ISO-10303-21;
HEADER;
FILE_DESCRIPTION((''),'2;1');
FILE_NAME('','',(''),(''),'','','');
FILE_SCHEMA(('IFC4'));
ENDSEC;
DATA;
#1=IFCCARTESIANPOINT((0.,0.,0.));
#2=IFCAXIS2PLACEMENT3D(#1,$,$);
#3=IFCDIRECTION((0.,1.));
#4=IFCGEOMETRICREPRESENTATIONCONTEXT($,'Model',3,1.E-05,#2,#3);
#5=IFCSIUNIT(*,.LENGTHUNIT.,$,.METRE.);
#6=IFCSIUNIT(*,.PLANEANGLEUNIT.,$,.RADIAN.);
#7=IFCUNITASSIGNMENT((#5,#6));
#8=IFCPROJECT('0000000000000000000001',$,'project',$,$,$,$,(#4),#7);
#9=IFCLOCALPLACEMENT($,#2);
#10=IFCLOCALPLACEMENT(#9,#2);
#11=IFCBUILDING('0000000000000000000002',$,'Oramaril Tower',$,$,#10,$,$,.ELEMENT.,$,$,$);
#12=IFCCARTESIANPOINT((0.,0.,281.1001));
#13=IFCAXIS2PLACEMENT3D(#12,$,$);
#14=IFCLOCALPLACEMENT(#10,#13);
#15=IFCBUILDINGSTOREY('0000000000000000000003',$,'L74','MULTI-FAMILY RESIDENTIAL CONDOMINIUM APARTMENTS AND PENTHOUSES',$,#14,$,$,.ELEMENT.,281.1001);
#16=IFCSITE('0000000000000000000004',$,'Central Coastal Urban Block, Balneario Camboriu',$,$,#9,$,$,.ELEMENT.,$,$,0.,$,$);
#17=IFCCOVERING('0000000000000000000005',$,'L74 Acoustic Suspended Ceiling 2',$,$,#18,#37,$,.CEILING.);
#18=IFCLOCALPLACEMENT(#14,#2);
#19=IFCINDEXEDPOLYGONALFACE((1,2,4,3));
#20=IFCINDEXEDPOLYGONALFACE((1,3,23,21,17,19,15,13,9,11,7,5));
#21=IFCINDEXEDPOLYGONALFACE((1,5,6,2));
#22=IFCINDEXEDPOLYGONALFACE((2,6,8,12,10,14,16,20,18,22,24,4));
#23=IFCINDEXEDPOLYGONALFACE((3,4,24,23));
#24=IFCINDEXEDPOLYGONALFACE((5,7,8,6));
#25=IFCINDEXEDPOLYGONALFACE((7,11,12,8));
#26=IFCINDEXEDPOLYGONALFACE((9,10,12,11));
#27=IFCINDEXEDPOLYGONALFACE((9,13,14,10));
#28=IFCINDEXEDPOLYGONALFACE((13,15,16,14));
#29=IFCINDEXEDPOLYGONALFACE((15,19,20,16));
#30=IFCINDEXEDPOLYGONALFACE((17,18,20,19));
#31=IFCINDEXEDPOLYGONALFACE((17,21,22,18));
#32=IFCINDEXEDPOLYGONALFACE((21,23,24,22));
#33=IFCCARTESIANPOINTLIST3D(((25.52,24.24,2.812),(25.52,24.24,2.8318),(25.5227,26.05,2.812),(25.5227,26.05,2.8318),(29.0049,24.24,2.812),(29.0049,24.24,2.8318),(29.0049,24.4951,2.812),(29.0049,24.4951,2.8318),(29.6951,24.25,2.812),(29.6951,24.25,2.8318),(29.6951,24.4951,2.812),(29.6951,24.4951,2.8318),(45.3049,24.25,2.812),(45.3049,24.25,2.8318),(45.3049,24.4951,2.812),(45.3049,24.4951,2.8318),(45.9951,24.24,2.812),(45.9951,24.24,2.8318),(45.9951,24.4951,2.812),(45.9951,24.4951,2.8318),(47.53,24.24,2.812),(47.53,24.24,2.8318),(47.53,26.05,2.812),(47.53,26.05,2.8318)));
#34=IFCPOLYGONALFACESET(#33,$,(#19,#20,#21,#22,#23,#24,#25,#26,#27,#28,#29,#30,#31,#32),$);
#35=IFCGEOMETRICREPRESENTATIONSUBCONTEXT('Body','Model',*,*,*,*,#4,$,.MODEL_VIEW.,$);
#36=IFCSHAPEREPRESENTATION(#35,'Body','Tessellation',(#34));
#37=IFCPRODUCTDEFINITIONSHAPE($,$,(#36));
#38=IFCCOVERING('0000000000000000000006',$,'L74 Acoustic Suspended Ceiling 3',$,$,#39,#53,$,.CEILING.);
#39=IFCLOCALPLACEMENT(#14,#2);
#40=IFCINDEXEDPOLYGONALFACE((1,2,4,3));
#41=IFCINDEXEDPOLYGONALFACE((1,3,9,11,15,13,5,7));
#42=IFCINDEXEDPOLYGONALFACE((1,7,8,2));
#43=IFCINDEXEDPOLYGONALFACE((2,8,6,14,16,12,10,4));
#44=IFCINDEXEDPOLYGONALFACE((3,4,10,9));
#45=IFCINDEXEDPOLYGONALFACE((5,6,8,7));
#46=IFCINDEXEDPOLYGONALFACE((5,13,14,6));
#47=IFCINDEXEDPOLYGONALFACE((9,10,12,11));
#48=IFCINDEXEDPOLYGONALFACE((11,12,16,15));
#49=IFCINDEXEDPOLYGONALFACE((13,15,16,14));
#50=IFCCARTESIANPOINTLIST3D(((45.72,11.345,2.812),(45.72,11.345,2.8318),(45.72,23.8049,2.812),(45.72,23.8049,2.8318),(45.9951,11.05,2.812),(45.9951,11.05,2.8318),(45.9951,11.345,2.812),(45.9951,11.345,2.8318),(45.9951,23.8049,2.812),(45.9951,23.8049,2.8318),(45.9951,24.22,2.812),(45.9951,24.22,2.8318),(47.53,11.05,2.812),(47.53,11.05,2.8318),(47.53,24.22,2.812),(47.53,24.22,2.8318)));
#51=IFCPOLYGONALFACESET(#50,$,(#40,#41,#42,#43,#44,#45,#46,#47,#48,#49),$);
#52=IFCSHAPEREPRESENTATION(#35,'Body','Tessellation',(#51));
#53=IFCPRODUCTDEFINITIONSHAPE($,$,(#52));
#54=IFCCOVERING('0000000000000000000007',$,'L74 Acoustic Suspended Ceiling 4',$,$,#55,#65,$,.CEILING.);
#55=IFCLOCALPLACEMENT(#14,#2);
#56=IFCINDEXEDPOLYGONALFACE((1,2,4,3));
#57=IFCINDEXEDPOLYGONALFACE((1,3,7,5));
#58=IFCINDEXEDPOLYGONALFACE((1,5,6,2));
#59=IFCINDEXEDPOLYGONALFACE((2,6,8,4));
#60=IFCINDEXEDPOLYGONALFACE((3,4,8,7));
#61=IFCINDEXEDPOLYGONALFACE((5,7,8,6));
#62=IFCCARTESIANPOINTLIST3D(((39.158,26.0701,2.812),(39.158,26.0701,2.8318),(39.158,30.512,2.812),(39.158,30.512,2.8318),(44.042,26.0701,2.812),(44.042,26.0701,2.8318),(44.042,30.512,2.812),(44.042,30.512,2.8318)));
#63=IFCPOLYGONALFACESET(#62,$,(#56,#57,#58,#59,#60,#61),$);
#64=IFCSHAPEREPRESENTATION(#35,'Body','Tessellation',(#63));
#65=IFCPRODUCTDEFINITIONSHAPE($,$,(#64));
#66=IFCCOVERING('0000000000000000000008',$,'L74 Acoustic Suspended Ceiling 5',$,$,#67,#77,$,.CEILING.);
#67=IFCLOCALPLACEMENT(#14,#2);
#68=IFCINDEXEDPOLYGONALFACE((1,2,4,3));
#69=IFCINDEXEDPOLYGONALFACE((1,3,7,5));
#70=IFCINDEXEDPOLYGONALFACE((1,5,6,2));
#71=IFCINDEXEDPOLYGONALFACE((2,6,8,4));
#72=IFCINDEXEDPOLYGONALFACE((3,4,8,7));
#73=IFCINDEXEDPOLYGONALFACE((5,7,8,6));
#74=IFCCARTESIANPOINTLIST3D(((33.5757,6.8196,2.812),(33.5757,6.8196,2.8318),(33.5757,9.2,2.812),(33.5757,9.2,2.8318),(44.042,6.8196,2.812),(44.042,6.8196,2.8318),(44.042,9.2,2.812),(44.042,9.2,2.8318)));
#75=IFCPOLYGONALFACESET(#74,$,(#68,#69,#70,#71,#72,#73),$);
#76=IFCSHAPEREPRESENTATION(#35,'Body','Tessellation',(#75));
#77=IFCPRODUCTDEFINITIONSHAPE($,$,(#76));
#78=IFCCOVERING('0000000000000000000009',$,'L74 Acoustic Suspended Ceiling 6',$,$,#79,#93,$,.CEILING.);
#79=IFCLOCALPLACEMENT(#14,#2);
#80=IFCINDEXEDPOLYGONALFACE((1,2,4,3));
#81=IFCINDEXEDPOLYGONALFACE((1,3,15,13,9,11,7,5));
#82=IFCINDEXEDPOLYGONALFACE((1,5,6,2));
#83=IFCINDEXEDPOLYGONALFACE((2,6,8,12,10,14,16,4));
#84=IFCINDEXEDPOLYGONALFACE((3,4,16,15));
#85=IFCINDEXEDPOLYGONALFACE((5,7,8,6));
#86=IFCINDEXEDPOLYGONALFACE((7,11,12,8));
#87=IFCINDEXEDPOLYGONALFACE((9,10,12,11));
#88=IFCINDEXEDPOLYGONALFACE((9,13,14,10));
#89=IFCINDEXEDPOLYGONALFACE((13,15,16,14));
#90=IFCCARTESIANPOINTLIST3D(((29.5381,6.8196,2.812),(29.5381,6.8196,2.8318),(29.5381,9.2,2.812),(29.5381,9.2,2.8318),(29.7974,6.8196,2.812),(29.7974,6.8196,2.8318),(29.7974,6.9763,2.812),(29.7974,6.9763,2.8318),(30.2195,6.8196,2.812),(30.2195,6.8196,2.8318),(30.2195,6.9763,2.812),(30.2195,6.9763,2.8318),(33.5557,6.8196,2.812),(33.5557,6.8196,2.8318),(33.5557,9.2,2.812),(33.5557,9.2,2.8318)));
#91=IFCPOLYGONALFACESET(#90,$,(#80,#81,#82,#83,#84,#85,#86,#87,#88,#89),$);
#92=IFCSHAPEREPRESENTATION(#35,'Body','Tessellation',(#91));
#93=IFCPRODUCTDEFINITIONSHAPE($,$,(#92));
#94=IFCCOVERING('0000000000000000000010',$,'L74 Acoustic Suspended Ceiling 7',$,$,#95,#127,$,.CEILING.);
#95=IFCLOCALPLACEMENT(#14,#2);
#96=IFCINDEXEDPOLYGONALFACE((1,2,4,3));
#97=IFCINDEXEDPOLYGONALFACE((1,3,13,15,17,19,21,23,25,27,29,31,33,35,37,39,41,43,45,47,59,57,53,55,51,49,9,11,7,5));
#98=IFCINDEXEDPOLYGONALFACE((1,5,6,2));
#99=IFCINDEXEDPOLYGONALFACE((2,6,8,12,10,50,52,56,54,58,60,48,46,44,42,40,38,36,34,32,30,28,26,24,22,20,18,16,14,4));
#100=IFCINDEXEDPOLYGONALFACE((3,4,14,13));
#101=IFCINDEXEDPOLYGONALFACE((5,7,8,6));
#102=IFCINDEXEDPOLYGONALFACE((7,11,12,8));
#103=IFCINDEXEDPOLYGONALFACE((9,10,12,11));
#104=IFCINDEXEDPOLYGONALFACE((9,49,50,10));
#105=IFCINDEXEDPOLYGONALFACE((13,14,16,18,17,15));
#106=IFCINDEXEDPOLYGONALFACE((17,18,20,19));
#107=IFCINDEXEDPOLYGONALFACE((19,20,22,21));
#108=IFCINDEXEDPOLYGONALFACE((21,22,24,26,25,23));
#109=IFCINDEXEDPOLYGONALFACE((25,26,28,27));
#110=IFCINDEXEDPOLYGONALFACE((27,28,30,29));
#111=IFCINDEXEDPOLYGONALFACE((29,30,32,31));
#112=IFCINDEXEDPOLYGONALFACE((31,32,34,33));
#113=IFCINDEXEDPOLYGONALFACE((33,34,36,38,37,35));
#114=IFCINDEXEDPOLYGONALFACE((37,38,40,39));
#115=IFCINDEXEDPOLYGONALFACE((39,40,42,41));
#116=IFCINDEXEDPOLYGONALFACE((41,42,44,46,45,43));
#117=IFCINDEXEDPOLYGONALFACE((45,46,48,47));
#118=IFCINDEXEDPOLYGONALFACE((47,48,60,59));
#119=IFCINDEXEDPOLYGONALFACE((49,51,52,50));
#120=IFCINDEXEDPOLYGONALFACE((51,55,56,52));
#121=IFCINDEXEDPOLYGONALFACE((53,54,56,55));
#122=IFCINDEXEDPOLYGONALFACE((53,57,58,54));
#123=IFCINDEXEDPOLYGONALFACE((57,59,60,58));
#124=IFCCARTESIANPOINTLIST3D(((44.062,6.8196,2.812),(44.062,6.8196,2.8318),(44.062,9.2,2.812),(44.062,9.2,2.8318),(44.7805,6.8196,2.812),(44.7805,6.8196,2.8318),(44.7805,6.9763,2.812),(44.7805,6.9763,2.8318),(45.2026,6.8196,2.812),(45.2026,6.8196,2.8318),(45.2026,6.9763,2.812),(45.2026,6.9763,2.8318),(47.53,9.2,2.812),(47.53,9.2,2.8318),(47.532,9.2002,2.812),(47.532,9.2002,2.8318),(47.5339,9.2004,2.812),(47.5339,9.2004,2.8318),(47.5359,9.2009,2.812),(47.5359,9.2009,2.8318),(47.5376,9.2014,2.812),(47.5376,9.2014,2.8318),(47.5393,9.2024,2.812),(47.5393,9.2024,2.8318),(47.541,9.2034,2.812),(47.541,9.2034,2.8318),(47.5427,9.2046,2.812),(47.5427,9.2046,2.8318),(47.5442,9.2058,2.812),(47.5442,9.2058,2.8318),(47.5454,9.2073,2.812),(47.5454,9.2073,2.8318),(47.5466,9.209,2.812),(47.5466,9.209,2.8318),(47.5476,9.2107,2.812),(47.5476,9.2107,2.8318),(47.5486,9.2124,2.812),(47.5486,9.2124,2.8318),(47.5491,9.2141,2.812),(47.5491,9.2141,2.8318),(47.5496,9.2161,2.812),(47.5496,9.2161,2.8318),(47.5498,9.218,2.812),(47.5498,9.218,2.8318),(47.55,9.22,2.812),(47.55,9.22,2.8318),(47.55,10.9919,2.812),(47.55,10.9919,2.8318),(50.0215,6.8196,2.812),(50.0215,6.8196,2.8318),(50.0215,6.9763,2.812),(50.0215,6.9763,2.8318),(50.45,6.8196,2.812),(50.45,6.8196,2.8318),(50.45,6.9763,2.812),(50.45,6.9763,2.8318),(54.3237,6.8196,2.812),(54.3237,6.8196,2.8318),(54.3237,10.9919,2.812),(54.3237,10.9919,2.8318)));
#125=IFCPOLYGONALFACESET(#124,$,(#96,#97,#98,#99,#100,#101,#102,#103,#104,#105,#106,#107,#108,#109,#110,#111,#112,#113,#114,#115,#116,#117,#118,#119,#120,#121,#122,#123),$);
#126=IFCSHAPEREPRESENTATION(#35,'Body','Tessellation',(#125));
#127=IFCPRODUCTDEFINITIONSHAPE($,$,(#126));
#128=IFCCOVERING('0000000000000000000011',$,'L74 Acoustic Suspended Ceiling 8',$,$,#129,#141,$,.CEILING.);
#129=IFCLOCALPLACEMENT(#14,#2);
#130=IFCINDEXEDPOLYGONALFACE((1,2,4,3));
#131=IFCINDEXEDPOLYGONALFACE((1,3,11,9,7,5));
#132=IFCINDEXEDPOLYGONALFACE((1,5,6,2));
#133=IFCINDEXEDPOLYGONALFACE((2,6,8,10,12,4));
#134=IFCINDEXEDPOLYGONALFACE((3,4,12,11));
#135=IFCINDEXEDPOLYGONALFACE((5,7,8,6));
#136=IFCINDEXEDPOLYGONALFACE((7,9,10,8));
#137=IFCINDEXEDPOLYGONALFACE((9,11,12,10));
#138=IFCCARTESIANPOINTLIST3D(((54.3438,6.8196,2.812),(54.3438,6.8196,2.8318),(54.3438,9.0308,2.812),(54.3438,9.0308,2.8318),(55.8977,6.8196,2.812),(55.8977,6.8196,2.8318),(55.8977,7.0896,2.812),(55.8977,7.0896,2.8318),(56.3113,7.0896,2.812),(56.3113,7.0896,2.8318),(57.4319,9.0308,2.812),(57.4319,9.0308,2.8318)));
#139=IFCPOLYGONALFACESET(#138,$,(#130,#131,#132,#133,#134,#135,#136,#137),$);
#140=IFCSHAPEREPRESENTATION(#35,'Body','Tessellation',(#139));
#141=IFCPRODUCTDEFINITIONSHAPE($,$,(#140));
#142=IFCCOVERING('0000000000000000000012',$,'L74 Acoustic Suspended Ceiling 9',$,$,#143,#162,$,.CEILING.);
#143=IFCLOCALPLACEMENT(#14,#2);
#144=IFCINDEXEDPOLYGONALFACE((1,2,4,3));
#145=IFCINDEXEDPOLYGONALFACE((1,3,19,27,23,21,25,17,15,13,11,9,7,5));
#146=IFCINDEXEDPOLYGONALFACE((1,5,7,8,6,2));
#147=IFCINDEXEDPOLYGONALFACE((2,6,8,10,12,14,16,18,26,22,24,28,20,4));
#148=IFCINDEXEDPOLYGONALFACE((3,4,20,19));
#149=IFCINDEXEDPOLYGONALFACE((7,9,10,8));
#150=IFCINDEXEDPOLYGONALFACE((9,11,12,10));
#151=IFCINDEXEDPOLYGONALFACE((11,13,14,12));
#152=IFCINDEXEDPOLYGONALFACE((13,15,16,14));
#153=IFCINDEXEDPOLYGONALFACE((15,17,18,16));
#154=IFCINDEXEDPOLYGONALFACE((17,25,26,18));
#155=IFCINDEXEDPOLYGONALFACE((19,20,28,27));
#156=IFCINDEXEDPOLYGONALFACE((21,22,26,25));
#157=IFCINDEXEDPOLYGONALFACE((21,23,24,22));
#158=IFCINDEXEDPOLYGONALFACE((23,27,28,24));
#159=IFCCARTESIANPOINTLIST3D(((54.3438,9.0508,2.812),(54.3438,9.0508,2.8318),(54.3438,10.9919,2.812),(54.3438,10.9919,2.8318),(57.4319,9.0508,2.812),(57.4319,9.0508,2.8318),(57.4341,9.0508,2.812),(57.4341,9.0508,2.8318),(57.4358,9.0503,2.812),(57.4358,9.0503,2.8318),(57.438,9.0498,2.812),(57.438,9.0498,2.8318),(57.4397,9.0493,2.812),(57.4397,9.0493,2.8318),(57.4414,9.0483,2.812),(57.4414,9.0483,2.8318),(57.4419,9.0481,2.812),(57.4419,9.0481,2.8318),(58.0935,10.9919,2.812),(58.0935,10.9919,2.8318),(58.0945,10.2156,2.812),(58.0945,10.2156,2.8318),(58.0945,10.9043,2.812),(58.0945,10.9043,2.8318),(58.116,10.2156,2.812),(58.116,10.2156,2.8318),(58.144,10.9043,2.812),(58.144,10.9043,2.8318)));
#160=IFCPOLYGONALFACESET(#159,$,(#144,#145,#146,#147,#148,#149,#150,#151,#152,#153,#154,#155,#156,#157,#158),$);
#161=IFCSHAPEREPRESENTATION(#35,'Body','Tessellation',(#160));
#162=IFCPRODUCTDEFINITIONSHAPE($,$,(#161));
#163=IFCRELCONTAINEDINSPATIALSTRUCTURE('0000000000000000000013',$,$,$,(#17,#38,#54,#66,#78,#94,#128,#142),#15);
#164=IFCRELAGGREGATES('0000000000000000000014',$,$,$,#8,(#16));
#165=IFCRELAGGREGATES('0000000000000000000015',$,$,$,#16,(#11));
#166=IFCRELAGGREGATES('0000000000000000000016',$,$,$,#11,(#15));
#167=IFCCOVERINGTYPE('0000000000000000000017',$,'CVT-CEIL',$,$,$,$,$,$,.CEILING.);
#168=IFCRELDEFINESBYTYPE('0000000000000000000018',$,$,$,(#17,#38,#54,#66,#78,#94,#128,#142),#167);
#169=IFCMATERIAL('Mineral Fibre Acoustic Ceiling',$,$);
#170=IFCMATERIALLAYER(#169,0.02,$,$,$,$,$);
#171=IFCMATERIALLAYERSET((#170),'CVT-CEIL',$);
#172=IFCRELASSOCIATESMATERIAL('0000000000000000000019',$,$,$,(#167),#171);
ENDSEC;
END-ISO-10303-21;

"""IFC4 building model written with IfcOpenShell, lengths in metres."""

from ifc_helpers import new_model, si_unit, direction, frame, origin, place, context, subcontext, project, spatial, polyline, outline, extrude, material, layer, layer_set, type_object, element, save


model = new_model("IFC4")

# Units and contexts
model_context = context("Model", 3, precision=1e-05, world=origin(), true_north=direction((0.0, 1.0)))
body_context = subcontext(model_context, "Body", "Model", "MODEL_VIEW")
ifc_project = project(units=[si_unit("LENGTHUNIT", "METRE"), si_unit("PLANEANGLEUNIT", "RADIAN")], contexts=[model_context])

# Site, building, storey
site_placement = place(None, origin())
site = spatial("IfcSite", under=ifc_project, at=site_placement, Name="Central Coastal Urban Block, Balneario Camboriu", CompositionType="ELEMENT", RefElevation=0.0)
building_placement = place(site_placement, origin())
building = spatial("IfcBuilding", under=site, at=building_placement, Name="Oramaril Tower", CompositionType="ELEMENT")
storey_placement = place(building_placement, frame((0.0, 0.0, 281.1001)))
storey = spatial("IfcBuildingStorey", under=building, at=storey_placement, Name="L74", Description="MULTI-FAMILY RESIDENTIAL CONDOMINIUM APARTMENTS AND PENTHOUSES", CompositionType="ELEMENT", Elevation=281.1001)

# Coverings
ifc_material_1 = material(Name="Mineral Fibre Acoustic Ceiling")
ifc_layer_1 = layer(ifc_material_1, 0.02)
ifc_layer_set_1 = layer_set([ifc_layer_1], Name="CVT-CEIL")
covering_type_1 = type_object("IfcCoveringType", Name="CVT-CEIL", PredefinedType="CEILING", material=ifc_layer_set_1)
covering_1_placement = place(storey_placement, frame((0.0, 0.0, 2.812)))
element("IfcCovering", 1, at=covering_1_placement, inside=storey, type_object=covering_type_1, Name="L74 Acoustic Suspended Ceiling 2", PredefinedType="CEILING", context=body_context, shape_type="SweptSolid", body=[
    extrude(outline(polyline([(45.9951, 24.24), (45.9951, 24.4951), (45.3049, 24.4951), (45.3049, 24.25), (29.6951, 24.25), (29.6951, 24.4951), (29.0049, 24.4951), (29.0049, 24.24), (25.52, 24.24), (25.5227, 26.05), (47.53, 26.05), (47.53, 24.24), (45.9951, 24.24)])), origin(), (0.0, 0.0, 1.0), 0.0198),
])
covering_2_placement = place(storey_placement, frame((0.0, 0.0, 2.812)))
element("IfcCovering", 2, at=covering_2_placement, inside=storey, type_object=covering_type_1, Name="L74 Acoustic Suspended Ceiling 3", PredefinedType="CEILING", context=body_context, shape_type="SweptSolid", body=[
    extrude(outline(polyline([(47.53, 11.05), (45.9951, 11.05), (45.9951, 11.345), (45.72, 11.345), (45.72, 23.8049), (45.9951, 23.8049), (45.9951, 24.22), (47.53, 24.22), (47.53, 11.05)])), origin(), (0.0, 0.0, 1.0), 0.0198),
])
covering_3_placement = place(storey_placement, frame((0.0, 0.0, 2.812)))
element("IfcCovering", 3, at=covering_3_placement, inside=storey, type_object=covering_type_1, Name="L74 Acoustic Suspended Ceiling 4", PredefinedType="CEILING", context=body_context, shape_type="SweptSolid", body=[
    extrude(outline(polyline([(44.042, 30.512), (44.042, 26.0701), (39.158, 26.0701), (39.158, 30.512), (44.042, 30.512)])), origin(), (0.0, 0.0, 1.0), 0.0198),
])
covering_4_placement = place(storey_placement, frame((0.0, 0.0, 2.812)))
element("IfcCovering", 4, at=covering_4_placement, inside=storey, type_object=covering_type_1, Name="L74 Acoustic Suspended Ceiling 5", PredefinedType="CEILING", context=body_context, shape_type="SweptSolid", body=[
    extrude(outline(polyline([(33.5757, 6.8196), (33.5757, 9.2), (44.042, 9.2), (44.042, 6.8196), (33.5757, 6.8196)])), origin(), (0.0, 0.0, 1.0), 0.0198),
])
covering_5_placement = place(storey_placement, frame((0.0, 0.0, 2.812)))
element("IfcCovering", 5, at=covering_5_placement, inside=storey, type_object=covering_type_1, Name="L74 Acoustic Suspended Ceiling 6", PredefinedType="CEILING", context=body_context, shape_type="SweptSolid", body=[
    extrude(outline(polyline([(30.2195, 6.8196), (30.2195, 6.9763), (29.7974, 6.9763), (29.7974, 6.8196), (29.5381, 6.8196), (29.5381, 9.2), (33.5557, 9.2), (33.5557, 6.8196), (30.2195, 6.8196)])), origin(), (0.0, 0.0, 1.0), 0.0198),
])
covering_6_placement = place(storey_placement, frame((0.0, 0.0, 2.812)))
element("IfcCovering", 6, at=covering_6_placement, inside=storey, type_object=covering_type_1, Name="L74 Acoustic Suspended Ceiling 7", PredefinedType="CEILING", context=body_context, shape_type="SweptSolid", body=[
    extrude(outline(polyline([(54.3237, 10.9919), (54.3237, 6.8196), (50.45, 6.8196), (50.45, 6.9763), (50.0215, 6.9763), (50.0215, 6.8196), (45.2026, 6.8196), (45.2026, 6.9763), (44.7805, 6.9763), (44.7805, 6.8196), (44.062, 6.8196), (44.062, 9.2), (47.53, 9.2), (47.532, 9.2002), (47.5339, 9.2004), (47.5359, 9.2009), (47.5376, 9.2014), (47.5393, 9.2024), (47.541, 9.2034), (47.5427, 9.2046), (47.5442, 9.2058), (47.5454, 9.2073), (47.5466, 9.209), (47.5476, 9.2107), (47.5486, 9.2124), (47.5491, 9.2141), (47.5496, 9.2161), (47.5498, 9.218), (47.55, 9.22), (47.55, 10.9919), (54.3237, 10.9919)])), origin(), (0.0, 0.0, 1.0), 0.0198),
])
covering_7_placement = place(storey_placement, frame((0.0, 0.0, 2.812)))
element("IfcCovering", 7, at=covering_7_placement, inside=storey, type_object=covering_type_1, Name="L74 Acoustic Suspended Ceiling 8", PredefinedType="CEILING", context=body_context, shape_type="SweptSolid", body=[
    extrude(outline(polyline([(56.3113, 7.0896), (55.8977, 7.0896), (55.8977, 6.8196), (54.3438, 6.8196), (54.3438, 9.0308), (57.4319, 9.0308), (56.3113, 7.0896)])), origin(), (0.0, 0.0, 1.0), 0.0198),
])
covering_8_placement = place(storey_placement, frame((0.0, 0.0, 2.812)))
element("IfcCovering", 8, at=covering_8_placement, inside=storey, type_object=covering_type_1, Name="L74 Acoustic Suspended Ceiling 9", PredefinedType="CEILING", context=body_context, shape_type="SweptSolid", body=[
    extrude(outline(polyline([(58.144, 10.9043), (58.0945, 10.9043), (58.0945, 10.2156), (58.116, 10.2156), (57.4419, 9.0481), (57.4414, 9.0483), (57.4397, 9.0493), (57.438, 9.0498), (57.4358, 9.0503), (57.4341, 9.0508), (57.4319, 9.0508), (54.3438, 9.0508), (54.3438, 10.9919), (58.0935, 10.9919), (58.144, 10.9043)])), origin(), (0.0, 0.0, 1.0), 0.0198),
])

save(model, "model.ifc")
